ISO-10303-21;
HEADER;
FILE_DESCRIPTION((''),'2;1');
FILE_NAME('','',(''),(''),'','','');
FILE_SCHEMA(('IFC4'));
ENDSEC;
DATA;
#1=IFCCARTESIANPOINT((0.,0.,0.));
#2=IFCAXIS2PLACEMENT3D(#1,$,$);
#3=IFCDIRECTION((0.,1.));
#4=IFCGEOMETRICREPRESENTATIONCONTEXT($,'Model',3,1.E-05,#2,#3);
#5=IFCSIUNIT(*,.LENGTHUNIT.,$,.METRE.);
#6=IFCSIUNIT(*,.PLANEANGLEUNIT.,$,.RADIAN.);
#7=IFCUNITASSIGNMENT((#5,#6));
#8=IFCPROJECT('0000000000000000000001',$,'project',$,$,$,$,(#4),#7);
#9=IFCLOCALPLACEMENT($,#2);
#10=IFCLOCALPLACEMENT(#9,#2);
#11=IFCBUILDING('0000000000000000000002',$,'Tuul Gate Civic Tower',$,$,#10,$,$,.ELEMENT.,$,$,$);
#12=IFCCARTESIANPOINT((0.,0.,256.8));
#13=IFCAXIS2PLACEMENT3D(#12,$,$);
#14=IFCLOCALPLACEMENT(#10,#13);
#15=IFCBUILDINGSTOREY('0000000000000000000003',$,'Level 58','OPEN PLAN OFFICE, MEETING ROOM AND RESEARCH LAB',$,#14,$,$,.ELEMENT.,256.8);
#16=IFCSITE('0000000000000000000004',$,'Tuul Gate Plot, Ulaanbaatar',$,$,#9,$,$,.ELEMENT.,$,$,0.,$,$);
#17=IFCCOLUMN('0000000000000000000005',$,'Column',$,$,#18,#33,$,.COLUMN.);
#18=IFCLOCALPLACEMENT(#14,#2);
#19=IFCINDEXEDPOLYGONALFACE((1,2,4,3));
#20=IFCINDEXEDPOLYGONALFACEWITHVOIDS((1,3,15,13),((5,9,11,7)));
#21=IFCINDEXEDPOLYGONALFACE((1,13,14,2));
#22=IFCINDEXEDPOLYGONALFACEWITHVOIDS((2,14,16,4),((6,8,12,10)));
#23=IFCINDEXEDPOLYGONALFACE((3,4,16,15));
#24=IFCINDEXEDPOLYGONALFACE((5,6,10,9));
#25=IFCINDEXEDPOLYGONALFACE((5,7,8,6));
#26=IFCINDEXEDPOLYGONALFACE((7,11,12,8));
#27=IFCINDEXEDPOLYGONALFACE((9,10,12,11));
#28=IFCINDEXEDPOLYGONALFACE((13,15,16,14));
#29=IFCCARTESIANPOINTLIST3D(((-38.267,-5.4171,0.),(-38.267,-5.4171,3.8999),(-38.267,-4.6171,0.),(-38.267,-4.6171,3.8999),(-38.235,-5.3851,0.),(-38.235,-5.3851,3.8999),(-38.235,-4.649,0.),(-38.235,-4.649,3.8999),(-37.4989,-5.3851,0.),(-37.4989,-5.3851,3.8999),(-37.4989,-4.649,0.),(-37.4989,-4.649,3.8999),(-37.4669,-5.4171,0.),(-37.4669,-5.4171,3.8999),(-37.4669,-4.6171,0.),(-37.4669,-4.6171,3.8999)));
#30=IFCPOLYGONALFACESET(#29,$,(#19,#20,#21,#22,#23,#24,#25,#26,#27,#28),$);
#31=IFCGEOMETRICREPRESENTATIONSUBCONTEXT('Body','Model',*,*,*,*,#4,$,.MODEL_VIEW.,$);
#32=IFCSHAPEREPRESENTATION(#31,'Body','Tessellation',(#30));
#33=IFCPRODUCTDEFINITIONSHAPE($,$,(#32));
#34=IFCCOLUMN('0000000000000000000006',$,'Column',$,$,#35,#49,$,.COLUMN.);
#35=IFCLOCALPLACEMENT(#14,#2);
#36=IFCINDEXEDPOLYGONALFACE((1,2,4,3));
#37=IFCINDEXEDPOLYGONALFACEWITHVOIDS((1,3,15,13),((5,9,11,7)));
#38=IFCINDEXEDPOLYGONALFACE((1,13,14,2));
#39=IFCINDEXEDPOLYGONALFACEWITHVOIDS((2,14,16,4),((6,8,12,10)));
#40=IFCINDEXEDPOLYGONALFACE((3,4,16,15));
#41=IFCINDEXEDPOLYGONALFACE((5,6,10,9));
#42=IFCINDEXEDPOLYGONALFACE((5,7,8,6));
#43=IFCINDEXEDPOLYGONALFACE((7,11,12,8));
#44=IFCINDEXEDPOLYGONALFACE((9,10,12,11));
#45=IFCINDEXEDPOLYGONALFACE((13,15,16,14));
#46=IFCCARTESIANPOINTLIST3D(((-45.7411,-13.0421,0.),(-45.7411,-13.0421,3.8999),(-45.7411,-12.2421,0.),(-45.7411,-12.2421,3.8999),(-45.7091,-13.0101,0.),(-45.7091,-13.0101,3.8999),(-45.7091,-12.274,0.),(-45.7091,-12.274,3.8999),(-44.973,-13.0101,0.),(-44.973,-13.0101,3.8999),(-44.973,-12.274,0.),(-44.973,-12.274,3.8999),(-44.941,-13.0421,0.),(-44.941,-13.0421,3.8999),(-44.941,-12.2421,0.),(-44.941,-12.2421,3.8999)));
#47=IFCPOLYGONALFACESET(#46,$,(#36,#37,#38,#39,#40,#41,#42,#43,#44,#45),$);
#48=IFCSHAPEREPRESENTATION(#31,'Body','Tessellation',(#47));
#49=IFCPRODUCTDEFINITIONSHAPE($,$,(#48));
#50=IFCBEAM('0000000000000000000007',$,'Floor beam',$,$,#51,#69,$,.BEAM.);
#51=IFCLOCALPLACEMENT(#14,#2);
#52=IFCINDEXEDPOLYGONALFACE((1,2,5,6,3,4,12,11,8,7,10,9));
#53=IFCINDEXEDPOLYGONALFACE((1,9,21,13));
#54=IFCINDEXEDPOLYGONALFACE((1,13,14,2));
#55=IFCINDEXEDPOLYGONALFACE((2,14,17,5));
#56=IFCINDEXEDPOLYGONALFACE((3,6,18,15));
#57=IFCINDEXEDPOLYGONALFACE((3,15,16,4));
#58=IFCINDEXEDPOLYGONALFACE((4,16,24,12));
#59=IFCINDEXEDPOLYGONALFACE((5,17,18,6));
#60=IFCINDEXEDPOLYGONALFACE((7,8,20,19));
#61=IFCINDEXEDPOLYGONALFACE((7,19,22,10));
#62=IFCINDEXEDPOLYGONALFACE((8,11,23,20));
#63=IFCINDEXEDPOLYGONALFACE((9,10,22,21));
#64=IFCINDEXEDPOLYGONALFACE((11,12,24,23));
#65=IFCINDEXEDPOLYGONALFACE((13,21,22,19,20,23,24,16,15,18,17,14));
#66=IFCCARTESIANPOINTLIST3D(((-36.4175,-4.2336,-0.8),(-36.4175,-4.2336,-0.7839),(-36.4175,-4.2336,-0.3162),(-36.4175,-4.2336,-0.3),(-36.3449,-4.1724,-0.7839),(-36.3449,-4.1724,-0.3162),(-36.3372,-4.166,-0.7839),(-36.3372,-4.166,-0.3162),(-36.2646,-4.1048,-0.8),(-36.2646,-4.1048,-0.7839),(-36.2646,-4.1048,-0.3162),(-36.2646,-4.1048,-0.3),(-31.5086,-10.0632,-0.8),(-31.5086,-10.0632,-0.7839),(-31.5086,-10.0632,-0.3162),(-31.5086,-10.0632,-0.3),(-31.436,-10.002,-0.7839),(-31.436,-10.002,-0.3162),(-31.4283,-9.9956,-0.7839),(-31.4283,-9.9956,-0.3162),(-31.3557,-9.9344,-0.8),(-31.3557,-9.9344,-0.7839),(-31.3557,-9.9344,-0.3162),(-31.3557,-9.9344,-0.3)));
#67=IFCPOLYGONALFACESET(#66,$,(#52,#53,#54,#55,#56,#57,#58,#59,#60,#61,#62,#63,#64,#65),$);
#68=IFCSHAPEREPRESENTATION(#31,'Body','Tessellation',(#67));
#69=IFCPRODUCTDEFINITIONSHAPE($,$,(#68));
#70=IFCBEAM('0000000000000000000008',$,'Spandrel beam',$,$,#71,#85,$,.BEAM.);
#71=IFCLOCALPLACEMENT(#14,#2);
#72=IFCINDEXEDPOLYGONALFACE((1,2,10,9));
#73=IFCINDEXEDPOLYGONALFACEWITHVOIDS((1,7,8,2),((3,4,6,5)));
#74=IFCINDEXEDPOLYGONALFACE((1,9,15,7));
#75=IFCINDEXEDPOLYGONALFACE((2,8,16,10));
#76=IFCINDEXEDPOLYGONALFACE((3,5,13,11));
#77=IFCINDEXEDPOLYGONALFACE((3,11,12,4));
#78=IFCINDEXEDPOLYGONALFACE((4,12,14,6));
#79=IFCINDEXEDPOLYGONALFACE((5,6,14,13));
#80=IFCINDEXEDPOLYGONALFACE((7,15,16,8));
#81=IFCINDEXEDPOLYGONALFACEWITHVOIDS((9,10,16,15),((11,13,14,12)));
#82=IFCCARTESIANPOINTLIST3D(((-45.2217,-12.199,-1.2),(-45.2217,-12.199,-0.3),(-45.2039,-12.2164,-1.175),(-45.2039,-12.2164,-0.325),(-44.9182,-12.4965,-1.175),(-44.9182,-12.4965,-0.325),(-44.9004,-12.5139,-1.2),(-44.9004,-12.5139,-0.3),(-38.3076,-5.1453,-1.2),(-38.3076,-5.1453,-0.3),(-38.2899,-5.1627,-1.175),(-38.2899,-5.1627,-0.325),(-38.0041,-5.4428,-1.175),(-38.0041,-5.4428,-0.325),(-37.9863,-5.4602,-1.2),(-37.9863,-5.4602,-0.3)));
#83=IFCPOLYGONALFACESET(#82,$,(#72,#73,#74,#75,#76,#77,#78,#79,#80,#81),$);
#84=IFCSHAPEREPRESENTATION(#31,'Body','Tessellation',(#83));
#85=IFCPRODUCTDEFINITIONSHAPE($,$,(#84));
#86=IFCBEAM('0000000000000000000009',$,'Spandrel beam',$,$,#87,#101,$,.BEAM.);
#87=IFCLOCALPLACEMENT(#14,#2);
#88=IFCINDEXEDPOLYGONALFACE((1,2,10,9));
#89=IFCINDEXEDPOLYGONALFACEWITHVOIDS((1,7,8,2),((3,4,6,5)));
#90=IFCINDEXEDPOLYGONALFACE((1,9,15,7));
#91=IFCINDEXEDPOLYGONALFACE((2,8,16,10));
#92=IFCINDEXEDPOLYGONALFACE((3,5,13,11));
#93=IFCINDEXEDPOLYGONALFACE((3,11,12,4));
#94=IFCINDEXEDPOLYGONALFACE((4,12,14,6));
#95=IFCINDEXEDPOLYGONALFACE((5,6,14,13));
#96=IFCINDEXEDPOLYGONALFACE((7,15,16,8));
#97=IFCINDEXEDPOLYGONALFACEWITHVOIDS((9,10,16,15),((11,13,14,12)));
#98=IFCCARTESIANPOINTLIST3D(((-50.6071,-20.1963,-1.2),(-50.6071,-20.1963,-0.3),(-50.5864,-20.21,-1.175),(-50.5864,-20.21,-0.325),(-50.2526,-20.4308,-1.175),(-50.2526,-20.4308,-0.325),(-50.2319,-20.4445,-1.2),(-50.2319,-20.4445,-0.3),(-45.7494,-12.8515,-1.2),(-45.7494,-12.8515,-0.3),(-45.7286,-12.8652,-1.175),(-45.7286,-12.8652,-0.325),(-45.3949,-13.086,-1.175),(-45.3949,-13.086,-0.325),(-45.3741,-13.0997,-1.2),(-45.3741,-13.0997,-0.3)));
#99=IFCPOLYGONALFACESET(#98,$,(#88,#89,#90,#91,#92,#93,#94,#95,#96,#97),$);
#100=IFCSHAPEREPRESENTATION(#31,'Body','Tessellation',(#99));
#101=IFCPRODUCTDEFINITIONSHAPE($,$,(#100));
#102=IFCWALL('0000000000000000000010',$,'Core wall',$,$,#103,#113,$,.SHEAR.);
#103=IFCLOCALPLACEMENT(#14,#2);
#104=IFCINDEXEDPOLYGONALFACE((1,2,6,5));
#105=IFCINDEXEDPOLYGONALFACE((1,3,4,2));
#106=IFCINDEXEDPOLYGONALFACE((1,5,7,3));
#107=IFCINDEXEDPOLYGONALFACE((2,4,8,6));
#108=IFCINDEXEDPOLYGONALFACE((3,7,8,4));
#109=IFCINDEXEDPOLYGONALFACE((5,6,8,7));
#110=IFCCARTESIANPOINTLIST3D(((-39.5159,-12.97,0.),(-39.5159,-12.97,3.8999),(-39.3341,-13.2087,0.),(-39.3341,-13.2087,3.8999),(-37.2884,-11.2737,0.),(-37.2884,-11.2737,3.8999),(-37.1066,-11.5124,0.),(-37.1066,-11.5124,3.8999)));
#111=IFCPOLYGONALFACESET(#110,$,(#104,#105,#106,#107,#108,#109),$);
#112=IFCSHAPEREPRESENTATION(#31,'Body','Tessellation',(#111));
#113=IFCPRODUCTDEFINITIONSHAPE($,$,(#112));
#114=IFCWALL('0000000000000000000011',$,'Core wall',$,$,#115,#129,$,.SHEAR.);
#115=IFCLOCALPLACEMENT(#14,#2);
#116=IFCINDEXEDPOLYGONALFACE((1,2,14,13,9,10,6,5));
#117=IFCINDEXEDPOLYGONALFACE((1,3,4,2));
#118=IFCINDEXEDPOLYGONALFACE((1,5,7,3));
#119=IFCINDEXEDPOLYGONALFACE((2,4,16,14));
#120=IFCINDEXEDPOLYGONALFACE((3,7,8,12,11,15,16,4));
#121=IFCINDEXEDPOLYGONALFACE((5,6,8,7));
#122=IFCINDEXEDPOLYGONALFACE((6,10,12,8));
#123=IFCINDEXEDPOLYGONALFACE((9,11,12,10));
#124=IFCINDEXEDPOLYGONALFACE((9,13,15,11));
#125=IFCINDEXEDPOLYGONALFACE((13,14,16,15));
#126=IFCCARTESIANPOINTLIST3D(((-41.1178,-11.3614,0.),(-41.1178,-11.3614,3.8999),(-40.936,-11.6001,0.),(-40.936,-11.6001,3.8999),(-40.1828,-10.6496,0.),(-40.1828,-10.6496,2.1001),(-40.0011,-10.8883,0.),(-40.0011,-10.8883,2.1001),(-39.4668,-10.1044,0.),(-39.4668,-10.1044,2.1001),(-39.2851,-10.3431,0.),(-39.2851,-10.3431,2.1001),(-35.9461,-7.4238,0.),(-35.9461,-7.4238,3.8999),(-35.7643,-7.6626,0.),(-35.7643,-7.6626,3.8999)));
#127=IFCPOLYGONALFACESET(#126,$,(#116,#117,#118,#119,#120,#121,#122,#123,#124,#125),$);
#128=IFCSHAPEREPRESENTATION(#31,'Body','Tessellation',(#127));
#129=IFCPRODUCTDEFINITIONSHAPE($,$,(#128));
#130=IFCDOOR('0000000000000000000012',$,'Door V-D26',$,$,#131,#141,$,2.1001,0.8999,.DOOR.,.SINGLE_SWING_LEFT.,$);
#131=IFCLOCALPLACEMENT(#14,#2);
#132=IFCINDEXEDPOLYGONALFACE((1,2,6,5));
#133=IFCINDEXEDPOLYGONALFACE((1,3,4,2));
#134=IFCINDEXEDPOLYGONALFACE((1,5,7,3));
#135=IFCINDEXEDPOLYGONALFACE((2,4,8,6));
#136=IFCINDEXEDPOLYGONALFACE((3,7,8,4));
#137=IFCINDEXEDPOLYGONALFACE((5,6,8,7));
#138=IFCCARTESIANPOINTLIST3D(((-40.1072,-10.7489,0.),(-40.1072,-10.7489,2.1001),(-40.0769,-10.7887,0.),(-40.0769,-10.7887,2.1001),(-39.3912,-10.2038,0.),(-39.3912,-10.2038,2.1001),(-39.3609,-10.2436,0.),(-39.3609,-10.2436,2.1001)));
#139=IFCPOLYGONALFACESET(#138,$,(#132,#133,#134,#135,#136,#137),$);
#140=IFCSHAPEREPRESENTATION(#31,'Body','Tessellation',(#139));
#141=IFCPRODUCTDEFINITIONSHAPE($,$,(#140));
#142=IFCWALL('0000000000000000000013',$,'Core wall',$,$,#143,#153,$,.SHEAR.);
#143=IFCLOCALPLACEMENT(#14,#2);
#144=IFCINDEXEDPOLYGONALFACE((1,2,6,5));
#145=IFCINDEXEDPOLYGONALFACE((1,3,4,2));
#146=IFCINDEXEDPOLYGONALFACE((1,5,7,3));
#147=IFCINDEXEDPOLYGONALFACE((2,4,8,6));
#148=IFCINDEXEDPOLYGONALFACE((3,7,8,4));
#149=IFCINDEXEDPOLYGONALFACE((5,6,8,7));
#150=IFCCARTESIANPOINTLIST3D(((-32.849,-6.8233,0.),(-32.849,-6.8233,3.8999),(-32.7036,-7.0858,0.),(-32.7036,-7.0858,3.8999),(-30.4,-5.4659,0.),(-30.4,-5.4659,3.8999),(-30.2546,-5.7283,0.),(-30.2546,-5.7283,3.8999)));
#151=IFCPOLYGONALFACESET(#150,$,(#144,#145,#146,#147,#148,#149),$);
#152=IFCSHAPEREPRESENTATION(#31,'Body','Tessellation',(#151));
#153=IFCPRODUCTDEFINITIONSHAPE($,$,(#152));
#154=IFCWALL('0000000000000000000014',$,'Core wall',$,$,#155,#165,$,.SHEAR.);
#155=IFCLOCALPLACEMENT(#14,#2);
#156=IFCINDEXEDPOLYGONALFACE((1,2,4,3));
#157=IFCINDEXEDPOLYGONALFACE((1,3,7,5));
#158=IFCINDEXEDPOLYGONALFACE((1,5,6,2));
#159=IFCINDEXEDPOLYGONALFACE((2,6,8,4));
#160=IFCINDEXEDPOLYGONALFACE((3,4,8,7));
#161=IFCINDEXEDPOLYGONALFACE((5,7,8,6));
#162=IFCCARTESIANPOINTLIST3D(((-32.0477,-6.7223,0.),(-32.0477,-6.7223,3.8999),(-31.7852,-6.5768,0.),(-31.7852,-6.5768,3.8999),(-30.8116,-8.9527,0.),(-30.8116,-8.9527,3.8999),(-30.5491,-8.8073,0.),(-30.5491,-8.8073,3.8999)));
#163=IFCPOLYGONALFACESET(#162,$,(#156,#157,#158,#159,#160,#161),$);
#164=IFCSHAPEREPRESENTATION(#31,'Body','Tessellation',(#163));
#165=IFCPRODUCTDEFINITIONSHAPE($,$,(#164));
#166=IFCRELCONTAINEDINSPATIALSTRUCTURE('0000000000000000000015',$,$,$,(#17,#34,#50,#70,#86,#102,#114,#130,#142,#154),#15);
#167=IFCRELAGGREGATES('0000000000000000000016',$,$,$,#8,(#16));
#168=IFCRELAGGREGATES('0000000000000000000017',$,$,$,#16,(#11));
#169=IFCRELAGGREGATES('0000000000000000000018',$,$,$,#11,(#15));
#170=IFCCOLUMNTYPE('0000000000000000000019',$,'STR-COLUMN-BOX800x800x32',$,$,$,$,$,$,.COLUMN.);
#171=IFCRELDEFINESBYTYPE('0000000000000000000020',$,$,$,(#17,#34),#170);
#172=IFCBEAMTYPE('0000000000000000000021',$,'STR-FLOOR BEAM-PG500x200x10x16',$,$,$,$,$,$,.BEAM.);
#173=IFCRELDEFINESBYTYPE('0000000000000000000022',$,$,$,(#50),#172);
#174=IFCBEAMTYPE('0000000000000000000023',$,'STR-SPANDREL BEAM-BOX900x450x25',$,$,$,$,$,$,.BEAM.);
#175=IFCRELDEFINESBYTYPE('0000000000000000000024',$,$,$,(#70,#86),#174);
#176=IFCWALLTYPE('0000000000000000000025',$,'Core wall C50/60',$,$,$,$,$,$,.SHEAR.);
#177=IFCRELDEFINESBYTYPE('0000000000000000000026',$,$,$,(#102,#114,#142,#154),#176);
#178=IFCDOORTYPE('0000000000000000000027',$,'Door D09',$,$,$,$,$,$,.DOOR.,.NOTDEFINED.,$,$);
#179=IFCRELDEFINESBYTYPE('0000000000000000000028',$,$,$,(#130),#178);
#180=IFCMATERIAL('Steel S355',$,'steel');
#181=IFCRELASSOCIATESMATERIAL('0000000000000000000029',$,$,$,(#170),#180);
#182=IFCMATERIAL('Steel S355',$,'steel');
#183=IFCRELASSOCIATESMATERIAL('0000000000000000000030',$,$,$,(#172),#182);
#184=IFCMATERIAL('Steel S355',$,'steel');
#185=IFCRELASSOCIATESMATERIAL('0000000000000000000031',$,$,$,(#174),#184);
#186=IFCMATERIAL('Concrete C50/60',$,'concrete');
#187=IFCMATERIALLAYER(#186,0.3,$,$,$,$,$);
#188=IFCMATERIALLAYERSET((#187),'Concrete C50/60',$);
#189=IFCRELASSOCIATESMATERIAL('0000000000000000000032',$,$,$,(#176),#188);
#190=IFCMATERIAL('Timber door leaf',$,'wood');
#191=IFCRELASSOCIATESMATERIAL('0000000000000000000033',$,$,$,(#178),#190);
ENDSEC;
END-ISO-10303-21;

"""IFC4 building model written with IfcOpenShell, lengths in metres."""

from ifc_helpers import new_model, si_unit, direction, frame, frame_2d, origin, origin_2d, place, context, subcontext, project, spatial, rectangle, hollow_rectangle, i_section, extrude, material, layer, layer_set, material_profile, profile_set, type_object, element, fill, save


model = new_model("IFC4")

# Units and contexts
model_context = context("Model", 3, precision=1e-05, world=origin(), true_north=direction((0.0, 1.0)))
body_context = subcontext(model_context, "Body", "Model", "MODEL_VIEW")
ifc_project = project(units=[si_unit("LENGTHUNIT", "METRE"), si_unit("PLANEANGLEUNIT", "RADIAN")], contexts=[model_context])

# Site, building, storey
site_placement = place(None, origin())
site = spatial("IfcSite", under=ifc_project, at=site_placement, Name="Tuul Gate Plot, Ulaanbaatar", CompositionType="ELEMENT", RefElevation=0.0)
building_placement = place(site_placement, origin())
building = spatial("IfcBuilding", under=site, at=building_placement, Name="Tuul Gate Civic Tower", CompositionType="ELEMENT")
storey_placement = place(building_placement, frame((0.0, 0.0, 256.8)))
storey = spatial("IfcBuildingStorey", under=building, at=storey_placement, Name="Level 58", Description="OPEN PLAN OFFICE, MEETING ROOM AND RESEARCH LAB", CompositionType="ELEMENT", Elevation=256.8)

# Columns
ifc_material_1 = material(Name="Steel S355", Category="steel")
ifc_material_profile_1 = material_profile(ifc_material_1, hollow_rectangle(XDim=0.8, YDim=0.8, WallThickness=0.032, at=origin_2d()), Name="BOX800x800x32")
ifc_profile_set_1 = profile_set([ifc_material_profile_1], Name="Steel S355")
column_type = type_object("IfcColumnType", Name="STR-COLUMN-BOX800x800x32", PredefinedType="COLUMN", material=ifc_profile_set_1)
for number, where, z_axis, x_axis, name in (
    (1, (-37.8669, -5.0171, 0.0), (0.0, 0.0, 1.0), (1.0, 0.0, 0.0), "Column"),
    (2, (-45.3411, -12.6421, 0.0), (0.0, 0.0, 1.0), (1.0, 0.0, 0.0), "Column"),
):
    element("IfcColumn", number, at=place(storey_placement, frame(where, z_axis=z_axis, x_axis=x_axis)), inside=storey, type_object=column_type, Name=name, PredefinedType="COLUMN", context=body_context, shape_type="SweptSolid", body=[
        extrude(hollow_rectangle(XDim=0.8, YDim=0.8, WallThickness=0.032, at=origin_2d()), origin(), (0.0, 0.0, 1.0), 3.8999),
    ])

# Beams
ifc_material_2 = material(Name="Steel S355", Category="steel")
ifc_material_profile_2 = material_profile(ifc_material_2, i_section(OverallWidth=0.2, OverallDepth=0.5, WebThickness=0.01, FlangeThickness=0.0161, at=origin_2d()), Name="PG500x200x10x16")
ifc_profile_set_2 = profile_set([ifc_material_profile_2], Name="Steel S355")
beam_type_1 = type_object("IfcBeamType", Name="STR-FLOOR BEAM-PG500x200x10x16", PredefinedType="BEAM", material=ifc_profile_set_2)
beam_1_placement = place(storey_placement, frame((-31.4321, -9.9988, -0.55), z_axis=(-0.644121, 0.764924, 0.0), x_axis=(-0.764924, -0.644121, 0.0)))
element("IfcBeam", 3, at=beam_1_placement, inside=storey, type_object=beam_type_1, Name="Floor beam", PredefinedType="BEAM", context=body_context, shape_type="SweptSolid", body=[
    extrude(i_section(OverallWidth=0.2, OverallDepth=0.5, WebThickness=0.01, FlangeThickness=0.0161, at=origin_2d()), origin(), (0.0, 0.0, 1.0), 7.6211),
])
ifc_material_3 = material(Name="Steel S355", Category="steel")
ifc_material_profile_3 = material_profile(ifc_material_3, hollow_rectangle(XDim=0.45, YDim=0.8999, WallThickness=0.0249, at=origin_2d()), Name="BOX900x450x25")
ifc_profile_set_3 = profile_set([ifc_material_profile_3], Name="Steel S355")
beam_type_2 = type_object("IfcBeamType", Name="STR-SPANDREL BEAM-BOX900x450x25", PredefinedType="BEAM", material=ifc_profile_set_3)
beam_2_placement = place(storey_placement, frame((-38.147, -5.3027, -0.75), z_axis=(-0.700002, -0.714141, 0.0), x_axis=(0.714141, -0.700002, 0.0)))
element("IfcBeam", 4, at=beam_2_placement, inside=storey, type_object=beam_type_2, Name="Spandrel beam", PredefinedType="BEAM", context=body_context, shape_type="SweptSolid", body=[
    extrude(hollow_rectangle(XDim=0.45, YDim=0.8999, WallThickness=0.0249, at=origin_2d()), origin(), (0.0, 0.0, 1.0), 9.8772),
])
beam_3_placement = place(storey_placement, frame((-45.5618, -12.9756, -0.75), z_axis=(-0.551645, -0.834079, 0.0), x_axis=(0.834079, -0.551645, 0.0)))
element("IfcBeam", 5, at=beam_3_placement, inside=storey, type_object=beam_type_2, Name="Spandrel beam", PredefinedType="BEAM", context=body_context, shape_type="SweptSolid", body=[
    extrude(hollow_rectangle(XDim=0.45, YDim=0.8999, WallThickness=0.0249, at=origin_2d()), origin(), (0.0, 0.0, 1.0), 8.8059),
])

# Wall
ifc_material_4 = material(Name="Concrete C50/60", Category="concrete")
ifc_layer_1 = layer(ifc_material_4, 0.3)
ifc_layer_set_1 = layer_set([ifc_layer_1], Name="Concrete C50/60")
wall_type_1 = type_object("IfcWallType", Name="Core wall C50/60", PredefinedType="SHEAR", material=ifc_layer_set_1)
wall_1_placement = place(storey_placement, frame((-37.1975, -11.3931, 0.0), z_axis=(0.0, 0.0, 1.0), x_axis=(-0.795584, -0.605844, 0.0)))
element("IfcWall", 6, at=wall_1_placement, inside=storey, type_object=wall_type_1, Name="Core wall", PredefinedType="SHEAR", context=body_context, shape_type="SweptSolid", body=[
    extrude(rectangle(XDim=2.7998, YDim=0.3, at=frame_2d((1.3999, 0.0))), origin(), (0.0, 0.0, 1.0), 3.8999),
])

# Wall, opening, door
wall_2_placement = place(storey_placement, frame((-35.8552, -7.5432, 0.0), z_axis=(0.0, 0.0, 1.0), x_axis=(-0.795639, -0.605772, 0.0)))
wall_2 = element("IfcWall", 7, at=wall_2_placement, inside=storey, type_object=wall_type_1, Name="Core wall", PredefinedType="SHEAR", context=body_context, shape_type="SweptSolid", body=[
    extrude(rectangle(XDim=6.5, YDim=0.3, at=frame_2d((3.25, 0.0))), origin(), (0.0, 0.0, 1.0), 3.8999),
])
opening_1_placement = place(wall_2_placement, frame((4.425, 0.0, 0.0)))
opening_1 = element("IfcOpeningElement", 8, at=opening_1_placement, cuts=wall_2, PredefinedType="OPENING", context=body_context, shape_type="SweptSolid", body=[
    extrude(rectangle(XDim=0.8999, YDim=2.1001, at=frame_2d((0.45, 1.05))), frame((0.0, 0.1602, 0.0), z_axis=(0.0, -1.0, 0.0), x_axis=(1.0, 0.0, 0.0)), (0.0, 0.0, 1.0), 0.3201),
])
ifc_material_5 = material(Name="Timber door leaf", Category="wood")
door_type_1 = type_object("IfcDoorType", Name="Door D09", OperationType="NOTDEFINED", PredefinedType="DOOR", material=ifc_material_5)
door_1_placement = place(opening_1_placement, origin())
door_1 = element("IfcDoor", 9, at=door_1_placement, inside=storey, type_object=door_type_1, Name="Door V-D26", OperationType="SINGLE_SWING_LEFT", OverallHeight=2.1001, OverallWidth=0.8999, PredefinedType="DOOR", context=body_context, shape_type="SweptSolid", body=[
    extrude(rectangle(XDim=0.8999, YDim=2.1001, at=frame_2d((0.45, 1.05))), frame((0.0, 0.0249, 0.0), z_axis=(0.0, -1.0, 0.0), x_axis=(1.0, 0.0, 0.0)), (0.0, 0.0, 1.0), 0.05),
])
fill(opening_1, door_1)

# Walls
wall_3_placement = place(storey_placement, frame((-30.3274, -5.5972, 0.0), z_axis=(0.0, 0.0, 1.0), x_axis=(-0.87463, -0.484791, 0.0)))
element("IfcWall", 10, at=wall_3_placement, inside=storey, type_object=wall_type_1, Name="Core wall", PredefinedType="SHEAR", context=body_context, shape_type="SweptSolid", body=[
    extrude(rectangle(XDim=2.8, YDim=0.3, at=frame_2d((1.3999, 0.0))), origin(), (0.0, 0.0, 1.0), 3.8999),
])
wall_4_placement = place(storey_placement, frame((-30.6804, -8.8799, 0.0), z_axis=(0.0, 0.0, 1.0), x_axis=(-0.484724, 0.874667, 0.0)))
element("IfcWall", 11, at=wall_4_placement, inside=storey, type_object=wall_type_1, Name="Core wall", PredefinedType="SHEAR", context=body_context, shape_type="SweptSolid", body=[
    extrude(rectangle(XDim=2.55, YDim=0.3, at=frame_2d((1.2749, 0.0))), origin(), (0.0, 0.0, 1.0), 3.8999),
])

save(model, "model.ifc")
